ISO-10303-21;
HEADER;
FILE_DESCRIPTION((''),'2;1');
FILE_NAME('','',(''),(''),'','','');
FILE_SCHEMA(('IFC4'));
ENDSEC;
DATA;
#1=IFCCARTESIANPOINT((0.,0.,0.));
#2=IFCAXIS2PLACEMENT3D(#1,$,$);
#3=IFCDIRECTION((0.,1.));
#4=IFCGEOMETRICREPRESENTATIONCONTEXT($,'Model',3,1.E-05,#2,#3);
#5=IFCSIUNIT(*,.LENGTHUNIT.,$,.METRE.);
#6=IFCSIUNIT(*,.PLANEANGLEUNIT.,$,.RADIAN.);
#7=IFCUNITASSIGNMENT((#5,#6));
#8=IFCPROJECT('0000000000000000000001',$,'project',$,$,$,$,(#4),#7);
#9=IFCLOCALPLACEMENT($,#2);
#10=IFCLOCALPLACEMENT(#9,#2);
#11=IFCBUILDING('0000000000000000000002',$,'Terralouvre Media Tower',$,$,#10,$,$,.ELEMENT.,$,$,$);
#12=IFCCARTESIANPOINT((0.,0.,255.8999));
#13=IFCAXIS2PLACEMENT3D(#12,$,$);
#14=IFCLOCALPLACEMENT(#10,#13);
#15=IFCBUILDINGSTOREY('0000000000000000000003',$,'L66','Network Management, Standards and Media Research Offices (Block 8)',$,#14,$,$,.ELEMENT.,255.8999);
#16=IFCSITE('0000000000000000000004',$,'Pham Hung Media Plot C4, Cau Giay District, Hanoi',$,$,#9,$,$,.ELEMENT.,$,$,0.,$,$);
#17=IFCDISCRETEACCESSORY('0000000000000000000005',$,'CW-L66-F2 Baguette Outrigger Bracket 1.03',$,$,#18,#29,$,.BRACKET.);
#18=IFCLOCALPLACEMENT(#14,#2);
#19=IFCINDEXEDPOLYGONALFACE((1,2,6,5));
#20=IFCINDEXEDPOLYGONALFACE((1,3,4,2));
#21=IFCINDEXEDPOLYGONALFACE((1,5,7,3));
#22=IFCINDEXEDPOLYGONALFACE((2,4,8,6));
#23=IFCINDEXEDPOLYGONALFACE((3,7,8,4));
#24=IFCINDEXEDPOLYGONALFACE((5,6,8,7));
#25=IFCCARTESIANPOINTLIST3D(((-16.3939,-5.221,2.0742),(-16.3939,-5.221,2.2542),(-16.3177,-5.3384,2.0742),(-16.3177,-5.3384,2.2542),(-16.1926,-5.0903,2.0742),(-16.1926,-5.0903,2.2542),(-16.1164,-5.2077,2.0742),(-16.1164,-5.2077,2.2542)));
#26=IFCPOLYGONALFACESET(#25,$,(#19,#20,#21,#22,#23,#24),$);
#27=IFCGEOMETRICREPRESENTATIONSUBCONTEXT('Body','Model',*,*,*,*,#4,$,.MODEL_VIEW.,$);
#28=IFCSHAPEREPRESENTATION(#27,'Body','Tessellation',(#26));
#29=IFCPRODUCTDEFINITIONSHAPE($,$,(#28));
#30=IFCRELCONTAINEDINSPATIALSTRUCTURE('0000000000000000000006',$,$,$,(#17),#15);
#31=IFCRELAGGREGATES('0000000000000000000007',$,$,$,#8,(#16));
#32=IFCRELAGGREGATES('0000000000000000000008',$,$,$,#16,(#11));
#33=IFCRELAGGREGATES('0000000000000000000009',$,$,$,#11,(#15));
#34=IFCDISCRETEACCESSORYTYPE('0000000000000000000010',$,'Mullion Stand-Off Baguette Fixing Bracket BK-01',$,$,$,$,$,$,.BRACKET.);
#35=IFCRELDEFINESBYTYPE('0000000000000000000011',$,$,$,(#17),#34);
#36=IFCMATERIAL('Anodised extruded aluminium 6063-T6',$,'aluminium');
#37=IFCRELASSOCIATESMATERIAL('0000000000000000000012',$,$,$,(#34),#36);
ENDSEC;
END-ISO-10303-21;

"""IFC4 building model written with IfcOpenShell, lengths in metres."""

from ifc_helpers import new_model, si_unit, direction, frame, origin, origin_2d, place, context, subcontext, project, spatial, rectangle, extrude, material, type_object, element, save


model = new_model("IFC4")

# Units and contexts
model_context = context("Model", 3, precision=1e-05, world=origin(), true_north=direction((0.0, 1.0)))
body_context = subcontext(model_context, "Body", "Model", "MODEL_VIEW")
ifc_project = project(units=[si_unit("LENGTHUNIT", "METRE"), si_unit("PLANEANGLEUNIT", "RADIAN")], contexts=[model_context])

# Site, building, storey
site_placement = place(None, origin())
site = spatial("IfcSite", under=ifc_project, at=site_placement, Name="Pham Hung Media Plot C4, Cau Giay District, Hanoi", CompositionType="ELEMENT", RefElevation=0.0)
building_placement = place(site_placement, origin())
building = spatial("IfcBuilding", under=site, at=building_placement, Name="Terralouvre Media Tower", CompositionType="ELEMENT")
storey_placement = place(building_placement, frame((0.0, 0.0, 255.8999)))
storey = spatial("IfcBuildingStorey", under=building, at=storey_placement, Name="L66", Description="Network Management, Standards and Media Research Offices (Block 8)", CompositionType="ELEMENT", Elevation=255.8999)

# Discrete accessory
ifc_material_1 = material(Name="Anodised extruded aluminium 6063-T6", Category="aluminium")
discrete_accessory_type = type_object("IfcDiscreteAccessoryType", Name="Mullion Stand-Off Baguette Fixing Bracket BK-01", PredefinedType="BRACKET", material=ifc_material_1)
discrete_accessory_placement = place(storey_placement, frame((-16.2551, -5.2144, 2.0742), z_axis=(0.0, 0.0, 1.0), x_axis=(0.544639, -0.838671, 0.0)))
element("IfcDiscreteAccessory", 1, at=discrete_accessory_placement, inside=storey, type_object=discrete_accessory_type, Name="CW-L66-F2 Baguette Outrigger Bracket 1.03", PredefinedType="BRACKET", context=body_context, shape_type="SweptSolid", body=[
    extrude(rectangle(XDim=0.1399, YDim=0.24, at=origin_2d()), origin(), (0.0, 0.0, 1.0), 0.1799),
])

save(model, "model.ifc")
